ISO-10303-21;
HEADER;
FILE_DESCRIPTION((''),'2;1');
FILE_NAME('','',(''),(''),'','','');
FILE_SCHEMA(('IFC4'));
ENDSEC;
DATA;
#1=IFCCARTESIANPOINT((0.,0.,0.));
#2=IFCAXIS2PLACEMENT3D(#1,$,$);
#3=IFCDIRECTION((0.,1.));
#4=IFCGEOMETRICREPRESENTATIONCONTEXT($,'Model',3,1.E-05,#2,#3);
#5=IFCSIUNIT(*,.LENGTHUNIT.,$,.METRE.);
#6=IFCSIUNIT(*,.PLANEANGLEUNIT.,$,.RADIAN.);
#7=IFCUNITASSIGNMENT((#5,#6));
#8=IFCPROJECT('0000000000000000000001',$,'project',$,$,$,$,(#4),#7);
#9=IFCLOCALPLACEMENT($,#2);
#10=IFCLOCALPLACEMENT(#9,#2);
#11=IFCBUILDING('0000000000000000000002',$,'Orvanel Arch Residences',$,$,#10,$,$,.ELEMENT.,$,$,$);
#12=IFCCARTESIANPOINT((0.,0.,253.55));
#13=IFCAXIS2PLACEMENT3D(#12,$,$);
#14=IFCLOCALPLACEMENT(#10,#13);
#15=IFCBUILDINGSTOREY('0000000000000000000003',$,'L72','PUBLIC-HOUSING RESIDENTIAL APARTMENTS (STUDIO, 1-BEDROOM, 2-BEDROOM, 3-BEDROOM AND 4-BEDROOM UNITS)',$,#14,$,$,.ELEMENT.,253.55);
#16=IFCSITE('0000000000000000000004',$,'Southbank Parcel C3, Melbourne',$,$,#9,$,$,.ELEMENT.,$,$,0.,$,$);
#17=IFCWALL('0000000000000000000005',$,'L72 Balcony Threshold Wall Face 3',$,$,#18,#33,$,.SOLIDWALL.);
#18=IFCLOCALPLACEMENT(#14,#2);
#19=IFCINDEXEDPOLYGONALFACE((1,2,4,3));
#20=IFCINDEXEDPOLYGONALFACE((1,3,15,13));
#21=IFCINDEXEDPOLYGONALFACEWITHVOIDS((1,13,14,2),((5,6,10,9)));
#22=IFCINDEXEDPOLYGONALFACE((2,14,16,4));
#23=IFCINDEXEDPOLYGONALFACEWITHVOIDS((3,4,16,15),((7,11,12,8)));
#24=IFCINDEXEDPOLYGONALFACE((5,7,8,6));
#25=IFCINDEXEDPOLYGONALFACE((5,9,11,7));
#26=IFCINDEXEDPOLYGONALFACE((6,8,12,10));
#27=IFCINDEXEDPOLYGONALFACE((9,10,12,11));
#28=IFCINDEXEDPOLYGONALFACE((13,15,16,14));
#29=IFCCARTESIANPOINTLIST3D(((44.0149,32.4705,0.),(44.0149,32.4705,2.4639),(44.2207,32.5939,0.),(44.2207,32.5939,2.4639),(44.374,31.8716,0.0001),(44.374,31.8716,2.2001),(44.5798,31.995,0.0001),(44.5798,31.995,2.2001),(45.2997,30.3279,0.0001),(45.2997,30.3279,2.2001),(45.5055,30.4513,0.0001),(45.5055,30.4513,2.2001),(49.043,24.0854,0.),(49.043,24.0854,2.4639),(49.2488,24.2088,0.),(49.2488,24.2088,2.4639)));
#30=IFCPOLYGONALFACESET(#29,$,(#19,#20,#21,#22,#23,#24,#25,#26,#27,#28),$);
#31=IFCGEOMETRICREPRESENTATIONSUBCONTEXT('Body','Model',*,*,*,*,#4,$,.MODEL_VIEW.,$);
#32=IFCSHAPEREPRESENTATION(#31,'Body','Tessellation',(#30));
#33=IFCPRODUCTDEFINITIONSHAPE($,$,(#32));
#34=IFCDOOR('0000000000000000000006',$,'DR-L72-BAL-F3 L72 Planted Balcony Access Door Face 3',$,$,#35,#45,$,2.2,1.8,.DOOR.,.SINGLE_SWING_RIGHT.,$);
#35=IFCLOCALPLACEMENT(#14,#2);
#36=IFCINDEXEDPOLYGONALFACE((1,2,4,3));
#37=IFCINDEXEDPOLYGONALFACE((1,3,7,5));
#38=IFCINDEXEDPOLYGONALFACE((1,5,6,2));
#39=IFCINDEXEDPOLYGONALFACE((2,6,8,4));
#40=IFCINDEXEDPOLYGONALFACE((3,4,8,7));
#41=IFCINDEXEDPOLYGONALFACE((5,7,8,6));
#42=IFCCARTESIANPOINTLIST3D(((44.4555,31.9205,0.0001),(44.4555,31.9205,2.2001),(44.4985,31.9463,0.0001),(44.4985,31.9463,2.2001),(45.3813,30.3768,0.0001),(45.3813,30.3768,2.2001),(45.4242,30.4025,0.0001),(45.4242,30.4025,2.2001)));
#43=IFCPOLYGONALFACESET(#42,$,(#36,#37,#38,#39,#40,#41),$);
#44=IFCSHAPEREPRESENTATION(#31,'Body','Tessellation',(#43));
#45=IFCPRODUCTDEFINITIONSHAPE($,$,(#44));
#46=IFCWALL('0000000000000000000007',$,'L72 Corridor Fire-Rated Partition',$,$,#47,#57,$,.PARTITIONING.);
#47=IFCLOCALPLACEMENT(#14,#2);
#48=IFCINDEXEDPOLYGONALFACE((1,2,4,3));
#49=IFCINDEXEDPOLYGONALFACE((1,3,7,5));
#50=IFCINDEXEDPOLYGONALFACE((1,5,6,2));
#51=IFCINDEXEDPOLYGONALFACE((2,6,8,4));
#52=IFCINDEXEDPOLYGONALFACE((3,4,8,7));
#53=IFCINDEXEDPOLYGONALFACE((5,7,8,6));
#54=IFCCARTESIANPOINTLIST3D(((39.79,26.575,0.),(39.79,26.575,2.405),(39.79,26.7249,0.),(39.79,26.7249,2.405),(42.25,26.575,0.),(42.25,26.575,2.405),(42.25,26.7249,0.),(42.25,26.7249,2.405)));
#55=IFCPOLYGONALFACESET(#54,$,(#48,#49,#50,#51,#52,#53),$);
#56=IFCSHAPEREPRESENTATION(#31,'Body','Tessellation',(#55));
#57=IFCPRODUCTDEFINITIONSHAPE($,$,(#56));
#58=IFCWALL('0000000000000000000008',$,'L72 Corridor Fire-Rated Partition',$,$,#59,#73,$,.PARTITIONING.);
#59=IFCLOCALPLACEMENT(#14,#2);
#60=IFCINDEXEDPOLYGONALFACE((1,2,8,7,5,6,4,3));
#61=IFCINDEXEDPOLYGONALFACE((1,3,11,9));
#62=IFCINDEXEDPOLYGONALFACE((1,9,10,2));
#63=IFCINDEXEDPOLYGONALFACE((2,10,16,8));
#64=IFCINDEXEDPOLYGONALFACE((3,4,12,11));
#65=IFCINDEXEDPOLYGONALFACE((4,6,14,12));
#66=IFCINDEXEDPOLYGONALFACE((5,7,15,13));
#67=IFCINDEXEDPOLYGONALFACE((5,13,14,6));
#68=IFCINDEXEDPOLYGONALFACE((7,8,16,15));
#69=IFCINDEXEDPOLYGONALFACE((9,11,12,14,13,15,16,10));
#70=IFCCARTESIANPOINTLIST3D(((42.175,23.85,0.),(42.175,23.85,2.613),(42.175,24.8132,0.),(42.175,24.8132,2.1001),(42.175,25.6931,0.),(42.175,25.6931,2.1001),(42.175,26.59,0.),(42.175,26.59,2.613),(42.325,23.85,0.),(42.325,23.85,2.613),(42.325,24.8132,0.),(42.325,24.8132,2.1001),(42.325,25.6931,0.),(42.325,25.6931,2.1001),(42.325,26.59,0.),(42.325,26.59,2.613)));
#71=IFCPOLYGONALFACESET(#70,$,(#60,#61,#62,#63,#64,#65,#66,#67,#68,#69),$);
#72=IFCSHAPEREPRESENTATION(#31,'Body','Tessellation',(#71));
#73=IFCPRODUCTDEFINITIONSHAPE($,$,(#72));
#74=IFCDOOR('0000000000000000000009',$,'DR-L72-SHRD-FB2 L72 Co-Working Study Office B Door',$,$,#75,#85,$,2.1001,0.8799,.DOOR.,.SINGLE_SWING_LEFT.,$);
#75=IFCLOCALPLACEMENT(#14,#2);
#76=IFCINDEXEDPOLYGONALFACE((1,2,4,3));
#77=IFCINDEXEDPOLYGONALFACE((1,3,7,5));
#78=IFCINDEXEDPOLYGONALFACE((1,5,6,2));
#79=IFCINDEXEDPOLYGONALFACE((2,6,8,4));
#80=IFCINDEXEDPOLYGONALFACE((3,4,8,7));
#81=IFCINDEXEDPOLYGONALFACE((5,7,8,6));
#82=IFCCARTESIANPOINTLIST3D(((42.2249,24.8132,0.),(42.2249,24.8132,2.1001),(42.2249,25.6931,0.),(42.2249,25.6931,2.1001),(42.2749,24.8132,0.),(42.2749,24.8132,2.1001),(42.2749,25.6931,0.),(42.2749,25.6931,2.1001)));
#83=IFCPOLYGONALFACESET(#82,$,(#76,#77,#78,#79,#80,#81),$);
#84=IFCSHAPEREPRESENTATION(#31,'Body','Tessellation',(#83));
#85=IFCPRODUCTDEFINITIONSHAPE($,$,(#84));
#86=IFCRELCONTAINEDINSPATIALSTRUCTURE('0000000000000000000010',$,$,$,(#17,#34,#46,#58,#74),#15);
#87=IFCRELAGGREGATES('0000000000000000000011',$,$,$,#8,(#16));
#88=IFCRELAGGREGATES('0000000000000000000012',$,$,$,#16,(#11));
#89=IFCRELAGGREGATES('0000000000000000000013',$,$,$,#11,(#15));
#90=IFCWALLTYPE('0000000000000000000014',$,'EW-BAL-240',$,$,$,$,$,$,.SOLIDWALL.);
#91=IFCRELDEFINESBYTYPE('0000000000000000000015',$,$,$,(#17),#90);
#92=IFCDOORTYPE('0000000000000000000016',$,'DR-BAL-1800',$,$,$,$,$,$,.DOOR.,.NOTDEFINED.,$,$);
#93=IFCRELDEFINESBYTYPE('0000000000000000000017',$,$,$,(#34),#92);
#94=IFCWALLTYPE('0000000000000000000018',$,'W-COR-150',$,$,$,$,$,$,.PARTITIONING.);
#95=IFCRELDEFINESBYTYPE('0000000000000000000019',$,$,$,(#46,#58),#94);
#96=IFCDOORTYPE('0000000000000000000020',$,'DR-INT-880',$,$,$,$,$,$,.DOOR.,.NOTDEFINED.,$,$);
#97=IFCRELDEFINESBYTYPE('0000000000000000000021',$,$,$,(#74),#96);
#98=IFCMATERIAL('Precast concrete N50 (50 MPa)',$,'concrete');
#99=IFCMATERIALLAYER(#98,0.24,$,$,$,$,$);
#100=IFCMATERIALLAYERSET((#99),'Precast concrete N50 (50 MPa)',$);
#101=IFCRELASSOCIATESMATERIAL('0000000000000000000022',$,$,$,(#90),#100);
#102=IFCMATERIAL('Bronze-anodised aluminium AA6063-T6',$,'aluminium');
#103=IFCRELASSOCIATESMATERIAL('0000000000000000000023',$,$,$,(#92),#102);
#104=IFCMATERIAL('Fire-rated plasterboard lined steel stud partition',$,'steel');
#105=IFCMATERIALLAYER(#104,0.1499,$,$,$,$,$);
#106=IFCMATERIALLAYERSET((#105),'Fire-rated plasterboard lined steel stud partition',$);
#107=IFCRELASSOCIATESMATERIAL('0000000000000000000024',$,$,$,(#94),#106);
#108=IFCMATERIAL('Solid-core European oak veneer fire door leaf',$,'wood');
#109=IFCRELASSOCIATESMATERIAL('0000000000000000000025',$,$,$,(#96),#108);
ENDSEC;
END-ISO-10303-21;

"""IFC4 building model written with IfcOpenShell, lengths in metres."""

from ifc_helpers import new_model, si_unit, direction, frame, frame_2d, origin, place, context, subcontext, project, spatial, rectangle, extrude, material, layer, layer_set, type_object, element, fill, save


model = new_model("IFC4")

# Units and contexts
model_context = context("Model", 3, precision=1e-05, world=origin(), true_north=direction((0.0, 1.0)))
body_context = subcontext(model_context, "Body", "Model", "MODEL_VIEW")
ifc_project = project(units=[si_unit("LENGTHUNIT", "METRE"), si_unit("PLANEANGLEUNIT", "RADIAN")], contexts=[model_context])

# Site, building, storey
site_placement = place(None, origin())
site = spatial("IfcSite", under=ifc_project, at=site_placement, Name="Southbank Parcel C3, Melbourne", CompositionType="ELEMENT", RefElevation=0.0)
building_placement = place(site_placement, origin())
building = spatial("IfcBuilding", under=site, at=building_placement, Name="Orvanel Arch Residences", CompositionType="ELEMENT")
storey_placement = place(building_placement, frame((0.0, 0.0, 253.55)))
storey = spatial("IfcBuildingStorey", under=building, at=storey_placement, Name="L72", Description="PUBLIC-HOUSING RESIDENTIAL APARTMENTS (STUDIO, 1-BEDROOM, 2-BEDROOM, 3-BEDROOM AND 4-BEDROOM UNITS)", CompositionType="ELEMENT", Elevation=253.55)

# Shared definitions
ifc_material_1 = material(Name="Bronze-anodised aluminium AA6063-T6", Category="aluminium")

# Wall, opening, door
ifc_material_2 = material(Name="Precast concrete N50 (50 MPa)", Category="concrete")
ifc_layer_1 = layer(ifc_material_2, 0.24)
ifc_layer_set_1 = layer_set([ifc_layer_1], Name="Precast concrete N50 (50 MPa)")
wall_type_1 = type_object("IfcWallType", Name="EW-BAL-240", PredefinedType="SOLIDWALL", material=ifc_layer_set_1)
wall_1_placement = place(storey_placement, frame((49.146, 24.147, 0.0), z_axis=(0.0, 0.0, 1.0), x_axis=(-0.514275, 0.857625, 0.0)))
wall_1 = element("IfcWall", 1, at=wall_1_placement, inside=storey, type_object=wall_type_1, Name="L72 Balcony Threshold Wall Face 3", PredefinedType="SOLIDWALL", context=body_context, shape_type="SweptSolid", body=[
    extrude(rectangle(XDim=9.7771, YDim=0.24, at=frame_2d((4.8887, 0.0))), origin(), (0.0, 0.0, 1.0), 2.4639),
])
opening_1_placement = place(wall_1_placement, frame((7.2791, 0.0, 0.0)))
opening_1 = element("IfcOpeningElement", 2, at=opening_1_placement, cuts=wall_1, PredefinedType="OPENING", context=body_context, shape_type="SweptSolid", body=[
    extrude(rectangle(XDim=1.8, YDim=2.2, at=frame_2d((0.8999, 1.1001))), frame((0.0, 0.1299, 0.0), z_axis=(0.0, -1.0, 0.0), x_axis=(1.0, 0.0, 0.0)), (0.0, 0.0, 1.0), 0.26),
])
door_type_1 = type_object("IfcDoorType", Name="DR-BAL-1800", OperationType="NOTDEFINED", PredefinedType="DOOR", material=ifc_material_1)
door_1_placement = place(opening_1_placement, origin())
door_1 = element("IfcDoor", 3, at=door_1_placement, inside=storey, type_object=door_type_1, Name="DR-L72-BAL-F3 L72 Planted Balcony Access Door Face 3", OperationType="SINGLE_SWING_RIGHT", OverallHeight=2.2, OverallWidth=1.8, PredefinedType="DOOR", context=body_context, shape_type="SweptSolid", body=[
    extrude(rectangle(XDim=1.8, YDim=2.2, at=frame_2d((0.8999, 1.1001))), frame((0.0, 0.0249, 0.0), z_axis=(0.0, -1.0, 0.0), x_axis=(1.0, 0.0, 0.0)), (0.0, 0.0, 1.0), 0.05),
])
fill(opening_1, door_1)

# Wall
ifc_material_3 = material(Name="Fire-rated plasterboard lined steel stud partition", Category="steel")
ifc_layer_2 = layer(ifc_material_3, 0.1499)
ifc_layer_set_2 = layer_set([ifc_layer_2], Name="Fire-rated plasterboard lined steel stud partition")
wall_type_2 = type_object("IfcWallType", Name="W-COR-150", PredefinedType="PARTITIONING", material=ifc_layer_set_2)
wall_2_placement = place(storey_placement, frame((39.79, 26.6499, 0.0), z_axis=(0.0, 0.0, 1.0), x_axis=(1.0, 0.0, 0.0)))
element("IfcWall", 4, at=wall_2_placement, inside=storey, type_object=wall_type_2, Name="L72 Corridor Fire-Rated Partition", PredefinedType="PARTITIONING", context=body_context, shape_type="SweptSolid", body=[
    extrude(rectangle(XDim=2.46, YDim=0.1499, at=frame_2d((1.23, 0.0))), origin(), (0.0, 0.0, 1.0), 2.405),
])

# Wall, opening, door
wall_3_placement = place(storey_placement, frame((42.25, 26.5901, 0.0), z_axis=(0.0, 0.0, 1.0), x_axis=(0.0, -1.0, 0.0)))
wall_3 = element("IfcWall", 5, at=wall_3_placement, inside=storey, type_object=wall_type_2, Name="L72 Corridor Fire-Rated Partition", PredefinedType="PARTITIONING", context=body_context, shape_type="SweptSolid", body=[
    extrude(rectangle(XDim=2.74, YDim=0.1499, at=frame_2d((1.3701, 0.0))), origin(), (0.0, 0.0, 1.0), 2.613),
])
opening_2_placement = place(wall_3_placement, frame((0.897, 0.0, 0.0)))
opening_2 = element("IfcOpeningElement", 6, at=opening_2_placement, cuts=wall_3, PredefinedType="OPENING", context=body_context, shape_type="SweptSolid", body=[
    extrude(rectangle(XDim=0.8799, YDim=2.1001, at=frame_2d((0.4399, 1.05))), frame((0.0, 0.085, 0.0), z_axis=(0.0, -1.0, 0.0), x_axis=(1.0, 0.0, 0.0)), (0.0, 0.0, 1.0), 0.1699),
])
ifc_material_4 = material(Name="Solid-core European oak veneer fire door leaf", Category="wood")
door_type_2 = type_object("IfcDoorType", Name="DR-INT-880", OperationType="NOTDEFINED", PredefinedType="DOOR", material=ifc_material_4)
door_2_placement = place(opening_2_placement, origin())
door_2 = element("IfcDoor", 7, at=door_2_placement, inside=storey, type_object=door_type_2, Name="DR-L72-SHRD-FB2 L72 Co-Working Study Office B Door", OperationType="SINGLE_SWING_LEFT", OverallHeight=2.1001, OverallWidth=0.8799, PredefinedType="DOOR", context=body_context, shape_type="SweptSolid", body=[
    extrude(rectangle(XDim=0.8799, YDim=2.1001, at=frame_2d((0.4399, 1.05))), frame((0.0, 0.0249, 0.0), z_axis=(0.0, -1.0, 0.0), x_axis=(1.0, 0.0, 0.0)), (0.0, 0.0, 1.0), 0.05),
])
fill(opening_2, door_2)

save(model, "model.ifc")
